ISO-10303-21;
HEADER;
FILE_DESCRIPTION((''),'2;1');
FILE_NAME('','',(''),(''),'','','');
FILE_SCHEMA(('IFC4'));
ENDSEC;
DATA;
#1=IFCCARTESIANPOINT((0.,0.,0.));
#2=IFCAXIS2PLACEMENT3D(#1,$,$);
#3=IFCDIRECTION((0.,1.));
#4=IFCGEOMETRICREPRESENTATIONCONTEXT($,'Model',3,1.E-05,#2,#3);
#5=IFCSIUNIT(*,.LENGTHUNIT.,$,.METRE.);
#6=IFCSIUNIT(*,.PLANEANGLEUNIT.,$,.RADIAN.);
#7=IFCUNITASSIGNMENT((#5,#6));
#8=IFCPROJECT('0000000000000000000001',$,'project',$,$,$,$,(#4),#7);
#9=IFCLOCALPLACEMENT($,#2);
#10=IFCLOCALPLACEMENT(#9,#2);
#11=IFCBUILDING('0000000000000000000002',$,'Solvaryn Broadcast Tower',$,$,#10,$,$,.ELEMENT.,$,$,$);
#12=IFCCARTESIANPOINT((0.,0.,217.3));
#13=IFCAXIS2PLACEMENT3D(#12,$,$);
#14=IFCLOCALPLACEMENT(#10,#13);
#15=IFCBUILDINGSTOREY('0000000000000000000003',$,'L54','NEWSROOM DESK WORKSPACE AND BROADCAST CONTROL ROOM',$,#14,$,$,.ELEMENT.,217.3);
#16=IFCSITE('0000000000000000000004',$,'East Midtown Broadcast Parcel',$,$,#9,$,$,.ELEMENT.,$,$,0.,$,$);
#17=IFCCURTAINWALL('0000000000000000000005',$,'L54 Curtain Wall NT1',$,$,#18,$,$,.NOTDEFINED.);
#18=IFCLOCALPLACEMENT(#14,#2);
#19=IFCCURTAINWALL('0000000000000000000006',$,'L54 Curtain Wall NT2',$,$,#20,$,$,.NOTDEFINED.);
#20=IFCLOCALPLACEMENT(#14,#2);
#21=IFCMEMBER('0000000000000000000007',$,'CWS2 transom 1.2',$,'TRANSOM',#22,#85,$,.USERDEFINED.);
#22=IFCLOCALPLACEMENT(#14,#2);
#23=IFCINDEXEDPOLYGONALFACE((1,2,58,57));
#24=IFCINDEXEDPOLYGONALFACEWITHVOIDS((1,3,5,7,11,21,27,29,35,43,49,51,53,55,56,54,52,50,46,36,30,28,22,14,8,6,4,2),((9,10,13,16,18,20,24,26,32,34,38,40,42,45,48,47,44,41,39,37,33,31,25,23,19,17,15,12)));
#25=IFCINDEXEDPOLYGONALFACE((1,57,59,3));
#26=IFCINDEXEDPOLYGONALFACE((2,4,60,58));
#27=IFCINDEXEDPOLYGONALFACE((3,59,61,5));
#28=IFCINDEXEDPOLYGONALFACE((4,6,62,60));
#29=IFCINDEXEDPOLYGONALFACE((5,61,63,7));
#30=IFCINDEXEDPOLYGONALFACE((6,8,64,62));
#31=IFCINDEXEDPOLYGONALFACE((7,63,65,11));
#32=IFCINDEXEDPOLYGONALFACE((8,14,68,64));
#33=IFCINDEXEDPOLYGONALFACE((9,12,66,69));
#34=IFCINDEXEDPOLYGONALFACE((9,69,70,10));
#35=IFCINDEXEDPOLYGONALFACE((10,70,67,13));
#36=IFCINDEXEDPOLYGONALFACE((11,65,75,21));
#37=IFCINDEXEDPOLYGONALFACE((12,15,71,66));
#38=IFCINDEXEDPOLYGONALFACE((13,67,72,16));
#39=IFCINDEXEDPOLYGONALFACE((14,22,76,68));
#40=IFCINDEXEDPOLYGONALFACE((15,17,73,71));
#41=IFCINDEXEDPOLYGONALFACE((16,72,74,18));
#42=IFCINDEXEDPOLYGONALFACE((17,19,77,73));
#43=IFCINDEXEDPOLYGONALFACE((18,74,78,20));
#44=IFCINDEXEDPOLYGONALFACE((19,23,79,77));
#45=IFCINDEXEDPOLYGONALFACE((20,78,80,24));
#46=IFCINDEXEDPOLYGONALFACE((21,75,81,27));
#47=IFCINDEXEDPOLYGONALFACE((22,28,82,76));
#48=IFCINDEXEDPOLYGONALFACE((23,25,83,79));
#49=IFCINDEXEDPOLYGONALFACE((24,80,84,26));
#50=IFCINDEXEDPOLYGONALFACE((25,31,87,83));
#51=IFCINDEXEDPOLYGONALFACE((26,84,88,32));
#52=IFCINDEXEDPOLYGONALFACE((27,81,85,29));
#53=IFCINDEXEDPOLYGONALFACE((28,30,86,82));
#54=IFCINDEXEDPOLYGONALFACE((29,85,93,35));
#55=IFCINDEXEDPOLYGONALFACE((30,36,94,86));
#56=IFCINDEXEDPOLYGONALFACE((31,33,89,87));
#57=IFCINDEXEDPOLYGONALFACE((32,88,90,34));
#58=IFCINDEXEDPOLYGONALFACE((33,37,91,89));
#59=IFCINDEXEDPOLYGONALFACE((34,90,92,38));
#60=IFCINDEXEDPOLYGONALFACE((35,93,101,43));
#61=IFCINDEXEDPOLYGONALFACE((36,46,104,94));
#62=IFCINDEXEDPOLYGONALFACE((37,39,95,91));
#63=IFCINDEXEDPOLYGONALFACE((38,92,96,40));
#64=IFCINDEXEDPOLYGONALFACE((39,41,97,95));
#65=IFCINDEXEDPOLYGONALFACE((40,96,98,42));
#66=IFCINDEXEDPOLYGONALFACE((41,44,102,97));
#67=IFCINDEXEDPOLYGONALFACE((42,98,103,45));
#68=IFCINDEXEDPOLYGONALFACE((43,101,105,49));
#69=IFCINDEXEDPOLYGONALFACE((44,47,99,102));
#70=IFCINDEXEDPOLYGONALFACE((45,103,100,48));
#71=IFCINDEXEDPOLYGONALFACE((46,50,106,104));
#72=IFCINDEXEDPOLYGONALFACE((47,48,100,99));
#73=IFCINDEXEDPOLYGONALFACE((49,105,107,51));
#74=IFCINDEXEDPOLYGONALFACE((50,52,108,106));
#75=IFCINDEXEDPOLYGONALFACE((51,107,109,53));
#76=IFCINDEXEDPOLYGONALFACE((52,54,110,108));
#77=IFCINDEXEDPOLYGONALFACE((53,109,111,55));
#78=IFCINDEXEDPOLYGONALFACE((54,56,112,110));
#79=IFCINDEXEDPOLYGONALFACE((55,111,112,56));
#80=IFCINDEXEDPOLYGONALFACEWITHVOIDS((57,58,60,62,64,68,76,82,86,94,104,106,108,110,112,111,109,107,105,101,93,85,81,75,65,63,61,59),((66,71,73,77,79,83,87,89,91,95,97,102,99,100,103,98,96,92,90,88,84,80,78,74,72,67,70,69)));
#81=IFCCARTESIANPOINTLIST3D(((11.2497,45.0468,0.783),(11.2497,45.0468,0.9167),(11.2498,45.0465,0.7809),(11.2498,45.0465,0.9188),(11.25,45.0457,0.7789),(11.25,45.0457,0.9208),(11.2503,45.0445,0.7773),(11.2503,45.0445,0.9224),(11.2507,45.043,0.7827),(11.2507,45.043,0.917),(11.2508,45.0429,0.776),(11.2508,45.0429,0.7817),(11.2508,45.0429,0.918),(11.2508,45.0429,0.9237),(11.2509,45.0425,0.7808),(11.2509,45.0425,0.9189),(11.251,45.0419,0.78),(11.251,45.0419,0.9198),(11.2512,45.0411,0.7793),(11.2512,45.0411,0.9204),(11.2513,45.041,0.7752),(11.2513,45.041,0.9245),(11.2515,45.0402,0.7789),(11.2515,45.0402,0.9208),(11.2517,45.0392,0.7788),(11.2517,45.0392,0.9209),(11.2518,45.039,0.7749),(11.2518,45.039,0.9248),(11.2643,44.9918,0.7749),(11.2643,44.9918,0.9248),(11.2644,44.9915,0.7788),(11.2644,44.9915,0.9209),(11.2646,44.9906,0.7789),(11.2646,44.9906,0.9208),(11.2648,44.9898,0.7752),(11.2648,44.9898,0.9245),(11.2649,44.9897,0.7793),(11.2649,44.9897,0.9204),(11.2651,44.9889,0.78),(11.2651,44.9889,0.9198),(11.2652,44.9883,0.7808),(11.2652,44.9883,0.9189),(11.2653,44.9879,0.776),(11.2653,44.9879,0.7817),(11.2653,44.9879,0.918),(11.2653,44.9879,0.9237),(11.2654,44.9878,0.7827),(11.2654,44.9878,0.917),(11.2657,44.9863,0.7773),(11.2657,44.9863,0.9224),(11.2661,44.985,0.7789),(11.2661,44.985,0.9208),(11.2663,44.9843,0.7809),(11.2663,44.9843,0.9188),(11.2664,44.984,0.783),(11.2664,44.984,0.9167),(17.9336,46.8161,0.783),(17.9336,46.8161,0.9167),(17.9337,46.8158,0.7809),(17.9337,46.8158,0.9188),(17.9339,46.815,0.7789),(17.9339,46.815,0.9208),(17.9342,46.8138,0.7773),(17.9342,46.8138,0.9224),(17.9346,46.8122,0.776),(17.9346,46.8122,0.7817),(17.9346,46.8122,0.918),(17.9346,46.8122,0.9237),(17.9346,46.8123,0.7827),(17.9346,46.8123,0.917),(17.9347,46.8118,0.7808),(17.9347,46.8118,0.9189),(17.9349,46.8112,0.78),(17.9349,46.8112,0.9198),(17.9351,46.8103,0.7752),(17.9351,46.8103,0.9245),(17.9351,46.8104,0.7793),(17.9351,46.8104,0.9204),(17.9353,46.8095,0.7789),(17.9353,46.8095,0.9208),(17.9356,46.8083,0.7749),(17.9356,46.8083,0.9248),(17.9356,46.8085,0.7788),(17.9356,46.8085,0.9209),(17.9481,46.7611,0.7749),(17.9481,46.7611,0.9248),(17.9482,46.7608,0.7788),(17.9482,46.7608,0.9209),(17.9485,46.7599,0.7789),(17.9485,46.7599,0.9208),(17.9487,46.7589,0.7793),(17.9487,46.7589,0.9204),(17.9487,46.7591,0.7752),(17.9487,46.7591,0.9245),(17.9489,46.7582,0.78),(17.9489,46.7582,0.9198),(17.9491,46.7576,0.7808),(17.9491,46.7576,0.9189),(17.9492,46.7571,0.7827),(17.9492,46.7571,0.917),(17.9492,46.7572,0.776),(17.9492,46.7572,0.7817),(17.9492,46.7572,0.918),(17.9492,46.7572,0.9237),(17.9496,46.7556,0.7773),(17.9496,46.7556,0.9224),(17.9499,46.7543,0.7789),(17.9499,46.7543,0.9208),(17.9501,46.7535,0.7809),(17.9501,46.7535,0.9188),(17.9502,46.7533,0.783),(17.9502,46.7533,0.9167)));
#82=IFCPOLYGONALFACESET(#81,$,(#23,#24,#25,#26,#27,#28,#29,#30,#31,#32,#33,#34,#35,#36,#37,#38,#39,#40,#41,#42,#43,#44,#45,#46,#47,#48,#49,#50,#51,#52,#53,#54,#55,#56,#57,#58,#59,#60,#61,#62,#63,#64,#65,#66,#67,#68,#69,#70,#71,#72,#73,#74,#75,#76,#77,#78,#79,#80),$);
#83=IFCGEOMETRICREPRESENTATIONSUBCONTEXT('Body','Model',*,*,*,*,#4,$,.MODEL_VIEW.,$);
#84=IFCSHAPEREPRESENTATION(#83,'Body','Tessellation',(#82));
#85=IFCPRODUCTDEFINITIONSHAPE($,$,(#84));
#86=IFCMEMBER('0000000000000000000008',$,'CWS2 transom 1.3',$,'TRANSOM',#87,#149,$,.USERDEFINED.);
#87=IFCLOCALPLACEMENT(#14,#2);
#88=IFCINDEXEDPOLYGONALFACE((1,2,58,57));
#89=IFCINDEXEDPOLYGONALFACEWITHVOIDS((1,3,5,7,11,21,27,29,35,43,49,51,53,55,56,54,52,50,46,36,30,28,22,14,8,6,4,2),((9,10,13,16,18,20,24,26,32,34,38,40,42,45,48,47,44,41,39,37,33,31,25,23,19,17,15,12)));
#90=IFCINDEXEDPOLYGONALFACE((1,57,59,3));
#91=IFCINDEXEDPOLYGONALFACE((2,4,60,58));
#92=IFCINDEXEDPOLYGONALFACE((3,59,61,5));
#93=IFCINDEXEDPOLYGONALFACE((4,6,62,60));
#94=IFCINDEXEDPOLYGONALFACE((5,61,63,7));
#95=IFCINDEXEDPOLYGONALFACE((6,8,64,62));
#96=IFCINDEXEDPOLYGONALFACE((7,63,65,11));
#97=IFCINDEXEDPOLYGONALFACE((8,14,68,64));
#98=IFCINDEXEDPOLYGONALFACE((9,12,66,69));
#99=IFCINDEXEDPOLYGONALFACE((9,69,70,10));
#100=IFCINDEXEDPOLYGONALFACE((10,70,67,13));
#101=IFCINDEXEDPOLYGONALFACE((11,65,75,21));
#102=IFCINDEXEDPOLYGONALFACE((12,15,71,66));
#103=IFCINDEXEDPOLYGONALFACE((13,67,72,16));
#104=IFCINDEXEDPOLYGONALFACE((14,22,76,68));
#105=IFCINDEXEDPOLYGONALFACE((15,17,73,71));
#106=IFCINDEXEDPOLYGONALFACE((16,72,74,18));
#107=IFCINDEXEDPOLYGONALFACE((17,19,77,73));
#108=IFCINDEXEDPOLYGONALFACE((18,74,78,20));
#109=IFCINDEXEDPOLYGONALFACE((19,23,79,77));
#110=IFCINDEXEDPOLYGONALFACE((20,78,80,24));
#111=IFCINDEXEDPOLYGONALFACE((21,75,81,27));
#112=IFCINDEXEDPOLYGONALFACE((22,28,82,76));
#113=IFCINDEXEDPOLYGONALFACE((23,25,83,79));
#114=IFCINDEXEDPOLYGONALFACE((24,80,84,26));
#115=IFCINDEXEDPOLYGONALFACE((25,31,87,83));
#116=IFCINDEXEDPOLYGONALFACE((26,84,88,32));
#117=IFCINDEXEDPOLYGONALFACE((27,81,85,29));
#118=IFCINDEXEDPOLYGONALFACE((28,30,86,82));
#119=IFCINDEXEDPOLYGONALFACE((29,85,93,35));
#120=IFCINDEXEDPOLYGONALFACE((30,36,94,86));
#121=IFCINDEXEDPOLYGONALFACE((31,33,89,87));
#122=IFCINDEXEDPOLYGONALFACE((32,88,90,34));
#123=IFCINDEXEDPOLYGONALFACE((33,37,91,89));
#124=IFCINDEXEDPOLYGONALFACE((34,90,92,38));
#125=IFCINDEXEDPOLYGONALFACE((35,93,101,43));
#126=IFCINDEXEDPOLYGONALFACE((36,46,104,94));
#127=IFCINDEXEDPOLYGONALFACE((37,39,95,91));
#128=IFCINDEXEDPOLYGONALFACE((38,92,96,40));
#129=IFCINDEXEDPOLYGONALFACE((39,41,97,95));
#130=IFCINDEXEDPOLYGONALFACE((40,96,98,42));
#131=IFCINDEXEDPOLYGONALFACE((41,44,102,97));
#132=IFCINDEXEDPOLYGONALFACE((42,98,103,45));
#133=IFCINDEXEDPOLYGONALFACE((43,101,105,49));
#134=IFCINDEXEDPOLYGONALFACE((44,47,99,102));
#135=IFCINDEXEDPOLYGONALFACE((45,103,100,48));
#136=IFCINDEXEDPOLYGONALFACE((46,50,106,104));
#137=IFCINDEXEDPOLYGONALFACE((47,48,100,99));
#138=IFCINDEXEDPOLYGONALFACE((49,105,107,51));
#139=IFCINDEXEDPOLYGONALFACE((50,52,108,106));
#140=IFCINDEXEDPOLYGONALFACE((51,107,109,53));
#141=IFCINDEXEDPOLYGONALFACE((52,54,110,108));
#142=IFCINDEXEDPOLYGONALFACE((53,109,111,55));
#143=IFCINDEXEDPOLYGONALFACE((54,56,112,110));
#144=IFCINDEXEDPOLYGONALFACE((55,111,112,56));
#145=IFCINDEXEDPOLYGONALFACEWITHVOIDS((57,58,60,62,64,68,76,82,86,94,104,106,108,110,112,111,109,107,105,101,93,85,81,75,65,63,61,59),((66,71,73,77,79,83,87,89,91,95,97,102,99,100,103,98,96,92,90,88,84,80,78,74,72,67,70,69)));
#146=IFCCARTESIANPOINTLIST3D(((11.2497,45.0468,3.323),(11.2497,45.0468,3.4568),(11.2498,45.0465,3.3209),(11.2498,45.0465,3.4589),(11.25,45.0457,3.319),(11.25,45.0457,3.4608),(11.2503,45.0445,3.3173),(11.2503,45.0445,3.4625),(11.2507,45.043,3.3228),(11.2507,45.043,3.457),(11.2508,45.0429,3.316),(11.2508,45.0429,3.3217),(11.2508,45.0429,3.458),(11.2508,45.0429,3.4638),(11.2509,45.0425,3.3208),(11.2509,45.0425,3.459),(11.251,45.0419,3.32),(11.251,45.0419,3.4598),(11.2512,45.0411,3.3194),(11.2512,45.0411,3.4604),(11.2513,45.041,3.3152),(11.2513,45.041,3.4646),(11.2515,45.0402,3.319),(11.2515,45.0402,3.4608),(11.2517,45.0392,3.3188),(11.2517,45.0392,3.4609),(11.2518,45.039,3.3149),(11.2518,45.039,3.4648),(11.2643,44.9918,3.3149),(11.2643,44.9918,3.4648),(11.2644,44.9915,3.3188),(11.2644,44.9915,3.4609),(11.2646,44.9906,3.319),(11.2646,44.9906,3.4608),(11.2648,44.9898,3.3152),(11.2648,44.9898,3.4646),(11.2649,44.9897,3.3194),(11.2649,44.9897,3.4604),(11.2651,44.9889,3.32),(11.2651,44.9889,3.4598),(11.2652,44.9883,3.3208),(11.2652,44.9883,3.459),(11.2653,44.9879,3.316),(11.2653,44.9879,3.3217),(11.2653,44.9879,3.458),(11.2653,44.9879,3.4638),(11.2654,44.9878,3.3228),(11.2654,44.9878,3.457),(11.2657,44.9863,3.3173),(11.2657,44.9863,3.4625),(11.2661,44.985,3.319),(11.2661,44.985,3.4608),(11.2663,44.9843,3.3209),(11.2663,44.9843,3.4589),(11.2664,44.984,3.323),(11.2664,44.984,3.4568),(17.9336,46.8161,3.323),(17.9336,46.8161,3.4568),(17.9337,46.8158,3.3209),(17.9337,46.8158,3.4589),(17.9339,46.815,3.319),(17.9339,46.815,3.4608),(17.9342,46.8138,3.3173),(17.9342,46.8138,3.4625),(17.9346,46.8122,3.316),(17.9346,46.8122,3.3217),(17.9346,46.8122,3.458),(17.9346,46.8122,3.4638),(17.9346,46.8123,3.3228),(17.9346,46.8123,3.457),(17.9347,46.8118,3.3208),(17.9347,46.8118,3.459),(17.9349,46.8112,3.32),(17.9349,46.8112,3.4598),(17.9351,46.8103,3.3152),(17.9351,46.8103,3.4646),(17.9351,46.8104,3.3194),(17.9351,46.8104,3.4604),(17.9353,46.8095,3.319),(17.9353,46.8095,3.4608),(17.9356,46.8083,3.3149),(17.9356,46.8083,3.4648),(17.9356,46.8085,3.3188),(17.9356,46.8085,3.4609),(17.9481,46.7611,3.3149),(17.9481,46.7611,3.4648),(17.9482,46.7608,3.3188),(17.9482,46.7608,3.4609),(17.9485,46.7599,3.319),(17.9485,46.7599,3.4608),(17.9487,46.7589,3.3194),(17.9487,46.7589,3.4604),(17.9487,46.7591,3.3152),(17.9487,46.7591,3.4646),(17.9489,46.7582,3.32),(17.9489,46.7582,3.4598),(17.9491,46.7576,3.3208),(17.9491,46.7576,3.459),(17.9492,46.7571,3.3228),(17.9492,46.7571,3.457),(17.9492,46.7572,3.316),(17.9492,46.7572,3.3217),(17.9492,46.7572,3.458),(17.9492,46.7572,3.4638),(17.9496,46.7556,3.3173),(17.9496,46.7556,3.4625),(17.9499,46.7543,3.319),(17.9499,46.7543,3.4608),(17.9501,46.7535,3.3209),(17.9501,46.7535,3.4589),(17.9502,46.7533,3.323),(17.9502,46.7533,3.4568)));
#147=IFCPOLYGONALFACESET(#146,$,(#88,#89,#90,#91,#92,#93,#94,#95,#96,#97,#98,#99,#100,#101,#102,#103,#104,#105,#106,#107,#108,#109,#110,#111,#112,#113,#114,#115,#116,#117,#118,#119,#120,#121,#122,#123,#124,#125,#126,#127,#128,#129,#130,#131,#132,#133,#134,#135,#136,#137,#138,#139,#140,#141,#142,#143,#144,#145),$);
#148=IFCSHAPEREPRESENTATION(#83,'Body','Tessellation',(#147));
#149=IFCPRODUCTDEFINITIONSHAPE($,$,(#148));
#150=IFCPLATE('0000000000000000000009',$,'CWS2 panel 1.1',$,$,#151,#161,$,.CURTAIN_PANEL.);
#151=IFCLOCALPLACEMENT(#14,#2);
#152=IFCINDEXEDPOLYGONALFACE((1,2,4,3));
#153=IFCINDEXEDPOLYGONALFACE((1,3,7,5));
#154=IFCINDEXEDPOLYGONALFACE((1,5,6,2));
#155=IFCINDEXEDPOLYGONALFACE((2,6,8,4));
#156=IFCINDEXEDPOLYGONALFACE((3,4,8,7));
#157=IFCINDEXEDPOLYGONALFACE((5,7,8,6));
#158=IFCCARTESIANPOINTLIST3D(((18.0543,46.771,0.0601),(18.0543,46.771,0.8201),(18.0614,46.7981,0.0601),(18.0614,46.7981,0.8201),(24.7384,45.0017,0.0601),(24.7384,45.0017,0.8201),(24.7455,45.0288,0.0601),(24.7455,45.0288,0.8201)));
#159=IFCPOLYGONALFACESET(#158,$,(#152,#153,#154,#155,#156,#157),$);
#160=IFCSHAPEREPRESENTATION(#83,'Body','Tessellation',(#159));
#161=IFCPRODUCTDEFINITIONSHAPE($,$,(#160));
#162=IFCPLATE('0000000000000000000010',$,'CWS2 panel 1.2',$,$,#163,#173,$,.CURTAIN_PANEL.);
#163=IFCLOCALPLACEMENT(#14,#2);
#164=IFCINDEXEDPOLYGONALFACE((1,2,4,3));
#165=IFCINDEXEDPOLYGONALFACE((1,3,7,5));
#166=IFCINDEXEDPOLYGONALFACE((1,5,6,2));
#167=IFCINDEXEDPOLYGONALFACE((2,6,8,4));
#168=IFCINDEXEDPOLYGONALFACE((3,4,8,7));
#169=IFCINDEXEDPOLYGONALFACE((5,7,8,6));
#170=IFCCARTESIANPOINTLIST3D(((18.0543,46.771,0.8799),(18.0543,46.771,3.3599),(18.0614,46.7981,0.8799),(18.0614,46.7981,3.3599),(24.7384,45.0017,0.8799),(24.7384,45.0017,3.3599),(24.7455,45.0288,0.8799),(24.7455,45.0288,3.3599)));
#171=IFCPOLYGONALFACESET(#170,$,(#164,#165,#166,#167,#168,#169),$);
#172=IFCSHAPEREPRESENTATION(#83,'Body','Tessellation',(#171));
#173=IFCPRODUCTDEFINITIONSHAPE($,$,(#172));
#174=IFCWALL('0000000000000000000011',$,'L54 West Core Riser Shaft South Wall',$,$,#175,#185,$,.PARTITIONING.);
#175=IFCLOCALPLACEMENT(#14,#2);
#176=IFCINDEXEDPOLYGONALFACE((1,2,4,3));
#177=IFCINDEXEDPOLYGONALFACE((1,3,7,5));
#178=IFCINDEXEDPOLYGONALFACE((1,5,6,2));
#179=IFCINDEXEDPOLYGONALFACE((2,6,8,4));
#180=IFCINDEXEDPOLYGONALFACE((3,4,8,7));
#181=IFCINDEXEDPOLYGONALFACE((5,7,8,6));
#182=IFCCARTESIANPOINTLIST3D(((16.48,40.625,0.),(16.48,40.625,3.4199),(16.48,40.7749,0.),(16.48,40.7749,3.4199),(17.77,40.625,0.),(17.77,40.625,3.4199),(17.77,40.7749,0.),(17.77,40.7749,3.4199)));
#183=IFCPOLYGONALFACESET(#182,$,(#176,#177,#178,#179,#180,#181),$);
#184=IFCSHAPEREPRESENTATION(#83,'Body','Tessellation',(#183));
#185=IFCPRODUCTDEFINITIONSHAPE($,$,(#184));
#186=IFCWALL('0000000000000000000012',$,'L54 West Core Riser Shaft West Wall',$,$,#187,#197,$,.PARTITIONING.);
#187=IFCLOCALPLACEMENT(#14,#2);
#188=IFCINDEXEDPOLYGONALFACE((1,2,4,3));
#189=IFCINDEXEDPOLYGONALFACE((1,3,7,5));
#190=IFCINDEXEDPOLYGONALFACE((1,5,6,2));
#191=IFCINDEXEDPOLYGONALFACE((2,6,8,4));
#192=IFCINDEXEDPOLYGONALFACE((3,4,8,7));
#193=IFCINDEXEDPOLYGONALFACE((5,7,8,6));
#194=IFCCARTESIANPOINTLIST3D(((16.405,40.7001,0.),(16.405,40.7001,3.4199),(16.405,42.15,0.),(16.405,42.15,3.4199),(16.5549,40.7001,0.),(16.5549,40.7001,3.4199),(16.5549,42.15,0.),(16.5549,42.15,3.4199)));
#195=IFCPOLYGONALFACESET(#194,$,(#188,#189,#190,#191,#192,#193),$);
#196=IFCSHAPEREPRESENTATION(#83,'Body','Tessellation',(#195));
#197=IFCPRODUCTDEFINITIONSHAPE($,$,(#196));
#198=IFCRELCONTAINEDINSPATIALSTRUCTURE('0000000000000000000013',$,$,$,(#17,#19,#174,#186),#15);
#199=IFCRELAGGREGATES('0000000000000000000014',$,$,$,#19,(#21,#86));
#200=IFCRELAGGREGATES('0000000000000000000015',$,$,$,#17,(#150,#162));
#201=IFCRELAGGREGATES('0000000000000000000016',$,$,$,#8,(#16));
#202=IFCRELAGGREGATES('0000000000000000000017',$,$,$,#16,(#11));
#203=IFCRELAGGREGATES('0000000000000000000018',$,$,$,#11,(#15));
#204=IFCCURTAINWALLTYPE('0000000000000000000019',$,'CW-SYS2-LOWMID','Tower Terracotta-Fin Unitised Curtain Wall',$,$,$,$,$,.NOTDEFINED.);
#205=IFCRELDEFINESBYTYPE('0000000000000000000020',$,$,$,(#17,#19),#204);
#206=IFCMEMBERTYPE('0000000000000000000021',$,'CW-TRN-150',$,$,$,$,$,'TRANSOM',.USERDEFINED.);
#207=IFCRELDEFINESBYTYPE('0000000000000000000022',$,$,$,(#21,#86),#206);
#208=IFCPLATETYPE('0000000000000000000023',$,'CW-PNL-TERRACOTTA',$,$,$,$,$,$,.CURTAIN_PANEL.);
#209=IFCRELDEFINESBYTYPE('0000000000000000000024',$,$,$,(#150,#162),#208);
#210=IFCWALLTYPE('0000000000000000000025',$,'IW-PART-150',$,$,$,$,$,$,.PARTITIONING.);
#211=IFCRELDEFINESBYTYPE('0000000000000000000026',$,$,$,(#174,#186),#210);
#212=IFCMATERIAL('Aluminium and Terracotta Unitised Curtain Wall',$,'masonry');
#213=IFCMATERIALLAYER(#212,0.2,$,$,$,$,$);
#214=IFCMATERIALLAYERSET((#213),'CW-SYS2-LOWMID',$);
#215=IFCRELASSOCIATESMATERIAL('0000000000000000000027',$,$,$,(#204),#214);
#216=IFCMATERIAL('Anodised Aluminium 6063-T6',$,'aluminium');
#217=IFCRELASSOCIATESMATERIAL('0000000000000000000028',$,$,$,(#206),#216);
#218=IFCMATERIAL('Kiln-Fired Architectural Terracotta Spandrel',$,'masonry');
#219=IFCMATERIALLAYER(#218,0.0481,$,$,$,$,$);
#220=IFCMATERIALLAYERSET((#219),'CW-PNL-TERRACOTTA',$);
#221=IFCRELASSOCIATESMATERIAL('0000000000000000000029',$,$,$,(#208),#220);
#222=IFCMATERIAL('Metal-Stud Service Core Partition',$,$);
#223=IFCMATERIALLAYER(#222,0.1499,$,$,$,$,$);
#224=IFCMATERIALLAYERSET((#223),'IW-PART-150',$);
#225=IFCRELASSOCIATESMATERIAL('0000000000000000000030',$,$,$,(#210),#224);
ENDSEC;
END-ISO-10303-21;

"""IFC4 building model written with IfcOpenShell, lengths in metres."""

from ifc_helpers import new_model, si_unit, direction, frame, frame_2d, origin, origin_2d, place, context, subcontext, project, spatial, rectangle, hollow_rectangle, extrude, material, layer, layer_set, material_profile, profile_set, type_object, element, aggregate, save


model = new_model("IFC4")

# Units and contexts
model_context = context("Model", 3, precision=1e-05, world=origin(), true_north=direction((0.0, 1.0)))
body_context = subcontext(model_context, "Body", "Model", "MODEL_VIEW")
ifc_project = project(units=[si_unit("LENGTHUNIT", "METRE"), si_unit("PLANEANGLEUNIT", "RADIAN")], contexts=[model_context])

# Site, building, storey
site_placement = place(None, origin())
site = spatial("IfcSite", under=ifc_project, at=site_placement, Name="East Midtown Broadcast Parcel", CompositionType="ELEMENT", RefElevation=0.0)
building_placement = place(site_placement, origin())
building = spatial("IfcBuilding", under=site, at=building_placement, Name="Solvaryn Broadcast Tower", CompositionType="ELEMENT")
storey_placement = place(building_placement, frame((0.0, 0.0, 217.3)))
storey = spatial("IfcBuildingStorey", under=building, at=storey_placement, Name="L54", Description="NEWSROOM DESK WORKSPACE AND BROADCAST CONTROL ROOM", CompositionType="ELEMENT", Elevation=217.3)

# Curtain wall
ifc_material_1 = material(Name="Aluminium and Terracotta Unitised Curtain Wall", Category="masonry")
ifc_layer_1 = layer(ifc_material_1, 0.2)
ifc_layer_set_1 = layer_set([ifc_layer_1], Name="CW-SYS2-LOWMID")
curtain_wall_type = type_object("IfcCurtainWallType", Name="CW-SYS2-LOWMID", Description="Tower Terracotta-Fin Unitised Curtain Wall", PredefinedType="NOTDEFINED", material=ifc_layer_set_1)
curtain_wall_1_placement = place(storey_placement, origin())
curtain_wall_1 = element("IfcCurtainWall", 1, at=curtain_wall_1_placement, inside=storey, type_object=curtain_wall_type, Name="L54 Curtain Wall NT1", PredefinedType="NOTDEFINED")

# Curtain wall, members
curtain_wall_2_placement = place(storey_placement, origin())
curtain_wall_2 = element("IfcCurtainWall", 2, at=curtain_wall_2_placement, inside=storey, type_object=curtain_wall_type, Name="L54 Curtain Wall NT2", PredefinedType="NOTDEFINED")
ifc_material_2 = material(Name="Anodised Aluminium 6063-T6", Category="aluminium")
ifc_material_profile_1 = material_profile(ifc_material_2, hollow_rectangle(XDim=0.0649, YDim=0.1499, WallThickness=0.0039, InnerFilletRadius=0.0039, OuterFilletRadius=0.0081, at=origin_2d()))
ifc_profile_set_1 = profile_set([ifc_material_profile_1], Name="Anodised Aluminium 6063-T6")
member_type_1 = type_object("IfcMemberType", Name="CW-TRN-150", ElementType="TRANSOM", PredefinedType="USERDEFINED", material=ifc_profile_set_1)
member_1_placement = place(storey_placement, frame((17.9419, 46.7847, 0.8499), z_axis=(-0.966704, -0.255897, 0.0), x_axis=(0.255897, -0.966704, 0.0)))
member_1 = element("IfcMember", 3, at=member_1_placement, type_object=member_type_1, Name="CWS2 transom 1.2", ObjectType="TRANSOM", PredefinedType="USERDEFINED", context=body_context, shape_type="SweptSolid", body=[
    extrude(hollow_rectangle(XDim=0.0649, YDim=0.1499, WallThickness=0.0039, InnerFilletRadius=0.0039, OuterFilletRadius=0.0081, at=origin_2d()), origin(), (0.0, 0.0, 1.0), 6.9141),
])
member_2_placement = place(storey_placement, frame((17.9419, 46.7847, 3.3899), z_axis=(-0.966704, -0.255897, 0.0), x_axis=(0.255897, -0.966704, 0.0)))
member_2 = element("IfcMember", 4, at=member_2_placement, type_object=member_type_1, Name="CWS2 transom 1.3", ObjectType="TRANSOM", PredefinedType="USERDEFINED", context=body_context, shape_type="SweptSolid", body=[
    extrude(hollow_rectangle(XDim=0.0649, YDim=0.1499, WallThickness=0.0039, InnerFilletRadius=0.0039, OuterFilletRadius=0.0081, at=origin_2d()), origin(), (0.0, 0.0, 1.0), 6.9141),
])
aggregate(curtain_wall_2, [member_1, member_2])

# Plates
ifc_material_3 = material(Name="Kiln-Fired Architectural Terracotta Spandrel", Category="masonry")
ifc_layer_2 = layer(ifc_material_3, 0.0481)
ifc_layer_set_2 = layer_set([ifc_layer_2], Name="CW-PNL-TERRACOTTA")
plate_type = type_object("IfcPlateType", Name="CW-PNL-TERRACOTTA", PredefinedType="CURTAIN_PANEL", material=ifc_layer_set_2)
plate_1_placement = place(storey_placement, frame((21.3999, 45.8999, 0.0601), z_axis=(0.0, 0.0, 1.0), x_axis=(-0.966705, 0.255893, 0.0)))
plate_1 = element("IfcPlate", 5, at=plate_1_placement, type_object=plate_type, Name="CWS2 panel 1.1", PredefinedType="CURTAIN_PANEL", context=body_context, shape_type="SweptSolid", body=[
    extrude(rectangle(XDim=6.9143, YDim=0.0281, at=origin_2d()), origin(), (0.0, 0.0, 1.0), 0.76),
])
plate_2_placement = place(storey_placement, frame((21.3999, 45.8999, 0.8799), z_axis=(0.0, 0.0, 1.0), x_axis=(-0.966705, 0.255893, 0.0)))
plate_2 = element("IfcPlate", 6, at=plate_2_placement, type_object=plate_type, Name="CWS2 panel 1.2", PredefinedType="CURTAIN_PANEL", context=body_context, shape_type="SweptSolid", body=[
    extrude(rectangle(XDim=6.9143, YDim=0.0281, at=origin_2d()), origin(), (0.0, 0.0, 1.0), 2.48),
])
aggregate(curtain_wall_1, [plate_1, plate_2])

# Walls
ifc_material_4 = material(Name="Metal-Stud Service Core Partition")
ifc_layer_3 = layer(ifc_material_4, 0.1499)
ifc_layer_set_3 = layer_set([ifc_layer_3], Name="IW-PART-150")
wall_type_1 = type_object("IfcWallType", Name="IW-PART-150", PredefinedType="PARTITIONING", material=ifc_layer_set_3)
wall_1_placement = place(storey_placement, frame((16.48, 40.7, 0.0), z_axis=(0.0, 0.0, 1.0), x_axis=(1.0, 0.0, 0.0)))
element("IfcWall", 7, at=wall_1_placement, inside=storey, type_object=wall_type_1, Name="L54 West Core Riser Shaft South Wall", PredefinedType="PARTITIONING", context=body_context, shape_type="SweptSolid", body=[
    extrude(rectangle(XDim=1.29, YDim=0.1499, at=frame_2d((0.645, 0.0))), origin(), (0.0, 0.0, 1.0), 3.4199),
])
wall_2_placement = place(storey_placement, frame((16.48, 40.7, 0.0), z_axis=(0.0, 0.0, 1.0), x_axis=(0.0, 1.0, 0.0)))
element("IfcWall", 8, at=wall_2_placement, inside=storey, type_object=wall_type_1, Name="L54 West Core Riser Shaft West Wall", PredefinedType="PARTITIONING", context=body_context, shape_type="SweptSolid", body=[
    extrude(rectangle(XDim=1.45, YDim=0.1499, at=frame_2d((0.7251, 0.0))), origin(), (0.0, 0.0, 1.0), 3.4199),
])

save(model, "model.ifc")
